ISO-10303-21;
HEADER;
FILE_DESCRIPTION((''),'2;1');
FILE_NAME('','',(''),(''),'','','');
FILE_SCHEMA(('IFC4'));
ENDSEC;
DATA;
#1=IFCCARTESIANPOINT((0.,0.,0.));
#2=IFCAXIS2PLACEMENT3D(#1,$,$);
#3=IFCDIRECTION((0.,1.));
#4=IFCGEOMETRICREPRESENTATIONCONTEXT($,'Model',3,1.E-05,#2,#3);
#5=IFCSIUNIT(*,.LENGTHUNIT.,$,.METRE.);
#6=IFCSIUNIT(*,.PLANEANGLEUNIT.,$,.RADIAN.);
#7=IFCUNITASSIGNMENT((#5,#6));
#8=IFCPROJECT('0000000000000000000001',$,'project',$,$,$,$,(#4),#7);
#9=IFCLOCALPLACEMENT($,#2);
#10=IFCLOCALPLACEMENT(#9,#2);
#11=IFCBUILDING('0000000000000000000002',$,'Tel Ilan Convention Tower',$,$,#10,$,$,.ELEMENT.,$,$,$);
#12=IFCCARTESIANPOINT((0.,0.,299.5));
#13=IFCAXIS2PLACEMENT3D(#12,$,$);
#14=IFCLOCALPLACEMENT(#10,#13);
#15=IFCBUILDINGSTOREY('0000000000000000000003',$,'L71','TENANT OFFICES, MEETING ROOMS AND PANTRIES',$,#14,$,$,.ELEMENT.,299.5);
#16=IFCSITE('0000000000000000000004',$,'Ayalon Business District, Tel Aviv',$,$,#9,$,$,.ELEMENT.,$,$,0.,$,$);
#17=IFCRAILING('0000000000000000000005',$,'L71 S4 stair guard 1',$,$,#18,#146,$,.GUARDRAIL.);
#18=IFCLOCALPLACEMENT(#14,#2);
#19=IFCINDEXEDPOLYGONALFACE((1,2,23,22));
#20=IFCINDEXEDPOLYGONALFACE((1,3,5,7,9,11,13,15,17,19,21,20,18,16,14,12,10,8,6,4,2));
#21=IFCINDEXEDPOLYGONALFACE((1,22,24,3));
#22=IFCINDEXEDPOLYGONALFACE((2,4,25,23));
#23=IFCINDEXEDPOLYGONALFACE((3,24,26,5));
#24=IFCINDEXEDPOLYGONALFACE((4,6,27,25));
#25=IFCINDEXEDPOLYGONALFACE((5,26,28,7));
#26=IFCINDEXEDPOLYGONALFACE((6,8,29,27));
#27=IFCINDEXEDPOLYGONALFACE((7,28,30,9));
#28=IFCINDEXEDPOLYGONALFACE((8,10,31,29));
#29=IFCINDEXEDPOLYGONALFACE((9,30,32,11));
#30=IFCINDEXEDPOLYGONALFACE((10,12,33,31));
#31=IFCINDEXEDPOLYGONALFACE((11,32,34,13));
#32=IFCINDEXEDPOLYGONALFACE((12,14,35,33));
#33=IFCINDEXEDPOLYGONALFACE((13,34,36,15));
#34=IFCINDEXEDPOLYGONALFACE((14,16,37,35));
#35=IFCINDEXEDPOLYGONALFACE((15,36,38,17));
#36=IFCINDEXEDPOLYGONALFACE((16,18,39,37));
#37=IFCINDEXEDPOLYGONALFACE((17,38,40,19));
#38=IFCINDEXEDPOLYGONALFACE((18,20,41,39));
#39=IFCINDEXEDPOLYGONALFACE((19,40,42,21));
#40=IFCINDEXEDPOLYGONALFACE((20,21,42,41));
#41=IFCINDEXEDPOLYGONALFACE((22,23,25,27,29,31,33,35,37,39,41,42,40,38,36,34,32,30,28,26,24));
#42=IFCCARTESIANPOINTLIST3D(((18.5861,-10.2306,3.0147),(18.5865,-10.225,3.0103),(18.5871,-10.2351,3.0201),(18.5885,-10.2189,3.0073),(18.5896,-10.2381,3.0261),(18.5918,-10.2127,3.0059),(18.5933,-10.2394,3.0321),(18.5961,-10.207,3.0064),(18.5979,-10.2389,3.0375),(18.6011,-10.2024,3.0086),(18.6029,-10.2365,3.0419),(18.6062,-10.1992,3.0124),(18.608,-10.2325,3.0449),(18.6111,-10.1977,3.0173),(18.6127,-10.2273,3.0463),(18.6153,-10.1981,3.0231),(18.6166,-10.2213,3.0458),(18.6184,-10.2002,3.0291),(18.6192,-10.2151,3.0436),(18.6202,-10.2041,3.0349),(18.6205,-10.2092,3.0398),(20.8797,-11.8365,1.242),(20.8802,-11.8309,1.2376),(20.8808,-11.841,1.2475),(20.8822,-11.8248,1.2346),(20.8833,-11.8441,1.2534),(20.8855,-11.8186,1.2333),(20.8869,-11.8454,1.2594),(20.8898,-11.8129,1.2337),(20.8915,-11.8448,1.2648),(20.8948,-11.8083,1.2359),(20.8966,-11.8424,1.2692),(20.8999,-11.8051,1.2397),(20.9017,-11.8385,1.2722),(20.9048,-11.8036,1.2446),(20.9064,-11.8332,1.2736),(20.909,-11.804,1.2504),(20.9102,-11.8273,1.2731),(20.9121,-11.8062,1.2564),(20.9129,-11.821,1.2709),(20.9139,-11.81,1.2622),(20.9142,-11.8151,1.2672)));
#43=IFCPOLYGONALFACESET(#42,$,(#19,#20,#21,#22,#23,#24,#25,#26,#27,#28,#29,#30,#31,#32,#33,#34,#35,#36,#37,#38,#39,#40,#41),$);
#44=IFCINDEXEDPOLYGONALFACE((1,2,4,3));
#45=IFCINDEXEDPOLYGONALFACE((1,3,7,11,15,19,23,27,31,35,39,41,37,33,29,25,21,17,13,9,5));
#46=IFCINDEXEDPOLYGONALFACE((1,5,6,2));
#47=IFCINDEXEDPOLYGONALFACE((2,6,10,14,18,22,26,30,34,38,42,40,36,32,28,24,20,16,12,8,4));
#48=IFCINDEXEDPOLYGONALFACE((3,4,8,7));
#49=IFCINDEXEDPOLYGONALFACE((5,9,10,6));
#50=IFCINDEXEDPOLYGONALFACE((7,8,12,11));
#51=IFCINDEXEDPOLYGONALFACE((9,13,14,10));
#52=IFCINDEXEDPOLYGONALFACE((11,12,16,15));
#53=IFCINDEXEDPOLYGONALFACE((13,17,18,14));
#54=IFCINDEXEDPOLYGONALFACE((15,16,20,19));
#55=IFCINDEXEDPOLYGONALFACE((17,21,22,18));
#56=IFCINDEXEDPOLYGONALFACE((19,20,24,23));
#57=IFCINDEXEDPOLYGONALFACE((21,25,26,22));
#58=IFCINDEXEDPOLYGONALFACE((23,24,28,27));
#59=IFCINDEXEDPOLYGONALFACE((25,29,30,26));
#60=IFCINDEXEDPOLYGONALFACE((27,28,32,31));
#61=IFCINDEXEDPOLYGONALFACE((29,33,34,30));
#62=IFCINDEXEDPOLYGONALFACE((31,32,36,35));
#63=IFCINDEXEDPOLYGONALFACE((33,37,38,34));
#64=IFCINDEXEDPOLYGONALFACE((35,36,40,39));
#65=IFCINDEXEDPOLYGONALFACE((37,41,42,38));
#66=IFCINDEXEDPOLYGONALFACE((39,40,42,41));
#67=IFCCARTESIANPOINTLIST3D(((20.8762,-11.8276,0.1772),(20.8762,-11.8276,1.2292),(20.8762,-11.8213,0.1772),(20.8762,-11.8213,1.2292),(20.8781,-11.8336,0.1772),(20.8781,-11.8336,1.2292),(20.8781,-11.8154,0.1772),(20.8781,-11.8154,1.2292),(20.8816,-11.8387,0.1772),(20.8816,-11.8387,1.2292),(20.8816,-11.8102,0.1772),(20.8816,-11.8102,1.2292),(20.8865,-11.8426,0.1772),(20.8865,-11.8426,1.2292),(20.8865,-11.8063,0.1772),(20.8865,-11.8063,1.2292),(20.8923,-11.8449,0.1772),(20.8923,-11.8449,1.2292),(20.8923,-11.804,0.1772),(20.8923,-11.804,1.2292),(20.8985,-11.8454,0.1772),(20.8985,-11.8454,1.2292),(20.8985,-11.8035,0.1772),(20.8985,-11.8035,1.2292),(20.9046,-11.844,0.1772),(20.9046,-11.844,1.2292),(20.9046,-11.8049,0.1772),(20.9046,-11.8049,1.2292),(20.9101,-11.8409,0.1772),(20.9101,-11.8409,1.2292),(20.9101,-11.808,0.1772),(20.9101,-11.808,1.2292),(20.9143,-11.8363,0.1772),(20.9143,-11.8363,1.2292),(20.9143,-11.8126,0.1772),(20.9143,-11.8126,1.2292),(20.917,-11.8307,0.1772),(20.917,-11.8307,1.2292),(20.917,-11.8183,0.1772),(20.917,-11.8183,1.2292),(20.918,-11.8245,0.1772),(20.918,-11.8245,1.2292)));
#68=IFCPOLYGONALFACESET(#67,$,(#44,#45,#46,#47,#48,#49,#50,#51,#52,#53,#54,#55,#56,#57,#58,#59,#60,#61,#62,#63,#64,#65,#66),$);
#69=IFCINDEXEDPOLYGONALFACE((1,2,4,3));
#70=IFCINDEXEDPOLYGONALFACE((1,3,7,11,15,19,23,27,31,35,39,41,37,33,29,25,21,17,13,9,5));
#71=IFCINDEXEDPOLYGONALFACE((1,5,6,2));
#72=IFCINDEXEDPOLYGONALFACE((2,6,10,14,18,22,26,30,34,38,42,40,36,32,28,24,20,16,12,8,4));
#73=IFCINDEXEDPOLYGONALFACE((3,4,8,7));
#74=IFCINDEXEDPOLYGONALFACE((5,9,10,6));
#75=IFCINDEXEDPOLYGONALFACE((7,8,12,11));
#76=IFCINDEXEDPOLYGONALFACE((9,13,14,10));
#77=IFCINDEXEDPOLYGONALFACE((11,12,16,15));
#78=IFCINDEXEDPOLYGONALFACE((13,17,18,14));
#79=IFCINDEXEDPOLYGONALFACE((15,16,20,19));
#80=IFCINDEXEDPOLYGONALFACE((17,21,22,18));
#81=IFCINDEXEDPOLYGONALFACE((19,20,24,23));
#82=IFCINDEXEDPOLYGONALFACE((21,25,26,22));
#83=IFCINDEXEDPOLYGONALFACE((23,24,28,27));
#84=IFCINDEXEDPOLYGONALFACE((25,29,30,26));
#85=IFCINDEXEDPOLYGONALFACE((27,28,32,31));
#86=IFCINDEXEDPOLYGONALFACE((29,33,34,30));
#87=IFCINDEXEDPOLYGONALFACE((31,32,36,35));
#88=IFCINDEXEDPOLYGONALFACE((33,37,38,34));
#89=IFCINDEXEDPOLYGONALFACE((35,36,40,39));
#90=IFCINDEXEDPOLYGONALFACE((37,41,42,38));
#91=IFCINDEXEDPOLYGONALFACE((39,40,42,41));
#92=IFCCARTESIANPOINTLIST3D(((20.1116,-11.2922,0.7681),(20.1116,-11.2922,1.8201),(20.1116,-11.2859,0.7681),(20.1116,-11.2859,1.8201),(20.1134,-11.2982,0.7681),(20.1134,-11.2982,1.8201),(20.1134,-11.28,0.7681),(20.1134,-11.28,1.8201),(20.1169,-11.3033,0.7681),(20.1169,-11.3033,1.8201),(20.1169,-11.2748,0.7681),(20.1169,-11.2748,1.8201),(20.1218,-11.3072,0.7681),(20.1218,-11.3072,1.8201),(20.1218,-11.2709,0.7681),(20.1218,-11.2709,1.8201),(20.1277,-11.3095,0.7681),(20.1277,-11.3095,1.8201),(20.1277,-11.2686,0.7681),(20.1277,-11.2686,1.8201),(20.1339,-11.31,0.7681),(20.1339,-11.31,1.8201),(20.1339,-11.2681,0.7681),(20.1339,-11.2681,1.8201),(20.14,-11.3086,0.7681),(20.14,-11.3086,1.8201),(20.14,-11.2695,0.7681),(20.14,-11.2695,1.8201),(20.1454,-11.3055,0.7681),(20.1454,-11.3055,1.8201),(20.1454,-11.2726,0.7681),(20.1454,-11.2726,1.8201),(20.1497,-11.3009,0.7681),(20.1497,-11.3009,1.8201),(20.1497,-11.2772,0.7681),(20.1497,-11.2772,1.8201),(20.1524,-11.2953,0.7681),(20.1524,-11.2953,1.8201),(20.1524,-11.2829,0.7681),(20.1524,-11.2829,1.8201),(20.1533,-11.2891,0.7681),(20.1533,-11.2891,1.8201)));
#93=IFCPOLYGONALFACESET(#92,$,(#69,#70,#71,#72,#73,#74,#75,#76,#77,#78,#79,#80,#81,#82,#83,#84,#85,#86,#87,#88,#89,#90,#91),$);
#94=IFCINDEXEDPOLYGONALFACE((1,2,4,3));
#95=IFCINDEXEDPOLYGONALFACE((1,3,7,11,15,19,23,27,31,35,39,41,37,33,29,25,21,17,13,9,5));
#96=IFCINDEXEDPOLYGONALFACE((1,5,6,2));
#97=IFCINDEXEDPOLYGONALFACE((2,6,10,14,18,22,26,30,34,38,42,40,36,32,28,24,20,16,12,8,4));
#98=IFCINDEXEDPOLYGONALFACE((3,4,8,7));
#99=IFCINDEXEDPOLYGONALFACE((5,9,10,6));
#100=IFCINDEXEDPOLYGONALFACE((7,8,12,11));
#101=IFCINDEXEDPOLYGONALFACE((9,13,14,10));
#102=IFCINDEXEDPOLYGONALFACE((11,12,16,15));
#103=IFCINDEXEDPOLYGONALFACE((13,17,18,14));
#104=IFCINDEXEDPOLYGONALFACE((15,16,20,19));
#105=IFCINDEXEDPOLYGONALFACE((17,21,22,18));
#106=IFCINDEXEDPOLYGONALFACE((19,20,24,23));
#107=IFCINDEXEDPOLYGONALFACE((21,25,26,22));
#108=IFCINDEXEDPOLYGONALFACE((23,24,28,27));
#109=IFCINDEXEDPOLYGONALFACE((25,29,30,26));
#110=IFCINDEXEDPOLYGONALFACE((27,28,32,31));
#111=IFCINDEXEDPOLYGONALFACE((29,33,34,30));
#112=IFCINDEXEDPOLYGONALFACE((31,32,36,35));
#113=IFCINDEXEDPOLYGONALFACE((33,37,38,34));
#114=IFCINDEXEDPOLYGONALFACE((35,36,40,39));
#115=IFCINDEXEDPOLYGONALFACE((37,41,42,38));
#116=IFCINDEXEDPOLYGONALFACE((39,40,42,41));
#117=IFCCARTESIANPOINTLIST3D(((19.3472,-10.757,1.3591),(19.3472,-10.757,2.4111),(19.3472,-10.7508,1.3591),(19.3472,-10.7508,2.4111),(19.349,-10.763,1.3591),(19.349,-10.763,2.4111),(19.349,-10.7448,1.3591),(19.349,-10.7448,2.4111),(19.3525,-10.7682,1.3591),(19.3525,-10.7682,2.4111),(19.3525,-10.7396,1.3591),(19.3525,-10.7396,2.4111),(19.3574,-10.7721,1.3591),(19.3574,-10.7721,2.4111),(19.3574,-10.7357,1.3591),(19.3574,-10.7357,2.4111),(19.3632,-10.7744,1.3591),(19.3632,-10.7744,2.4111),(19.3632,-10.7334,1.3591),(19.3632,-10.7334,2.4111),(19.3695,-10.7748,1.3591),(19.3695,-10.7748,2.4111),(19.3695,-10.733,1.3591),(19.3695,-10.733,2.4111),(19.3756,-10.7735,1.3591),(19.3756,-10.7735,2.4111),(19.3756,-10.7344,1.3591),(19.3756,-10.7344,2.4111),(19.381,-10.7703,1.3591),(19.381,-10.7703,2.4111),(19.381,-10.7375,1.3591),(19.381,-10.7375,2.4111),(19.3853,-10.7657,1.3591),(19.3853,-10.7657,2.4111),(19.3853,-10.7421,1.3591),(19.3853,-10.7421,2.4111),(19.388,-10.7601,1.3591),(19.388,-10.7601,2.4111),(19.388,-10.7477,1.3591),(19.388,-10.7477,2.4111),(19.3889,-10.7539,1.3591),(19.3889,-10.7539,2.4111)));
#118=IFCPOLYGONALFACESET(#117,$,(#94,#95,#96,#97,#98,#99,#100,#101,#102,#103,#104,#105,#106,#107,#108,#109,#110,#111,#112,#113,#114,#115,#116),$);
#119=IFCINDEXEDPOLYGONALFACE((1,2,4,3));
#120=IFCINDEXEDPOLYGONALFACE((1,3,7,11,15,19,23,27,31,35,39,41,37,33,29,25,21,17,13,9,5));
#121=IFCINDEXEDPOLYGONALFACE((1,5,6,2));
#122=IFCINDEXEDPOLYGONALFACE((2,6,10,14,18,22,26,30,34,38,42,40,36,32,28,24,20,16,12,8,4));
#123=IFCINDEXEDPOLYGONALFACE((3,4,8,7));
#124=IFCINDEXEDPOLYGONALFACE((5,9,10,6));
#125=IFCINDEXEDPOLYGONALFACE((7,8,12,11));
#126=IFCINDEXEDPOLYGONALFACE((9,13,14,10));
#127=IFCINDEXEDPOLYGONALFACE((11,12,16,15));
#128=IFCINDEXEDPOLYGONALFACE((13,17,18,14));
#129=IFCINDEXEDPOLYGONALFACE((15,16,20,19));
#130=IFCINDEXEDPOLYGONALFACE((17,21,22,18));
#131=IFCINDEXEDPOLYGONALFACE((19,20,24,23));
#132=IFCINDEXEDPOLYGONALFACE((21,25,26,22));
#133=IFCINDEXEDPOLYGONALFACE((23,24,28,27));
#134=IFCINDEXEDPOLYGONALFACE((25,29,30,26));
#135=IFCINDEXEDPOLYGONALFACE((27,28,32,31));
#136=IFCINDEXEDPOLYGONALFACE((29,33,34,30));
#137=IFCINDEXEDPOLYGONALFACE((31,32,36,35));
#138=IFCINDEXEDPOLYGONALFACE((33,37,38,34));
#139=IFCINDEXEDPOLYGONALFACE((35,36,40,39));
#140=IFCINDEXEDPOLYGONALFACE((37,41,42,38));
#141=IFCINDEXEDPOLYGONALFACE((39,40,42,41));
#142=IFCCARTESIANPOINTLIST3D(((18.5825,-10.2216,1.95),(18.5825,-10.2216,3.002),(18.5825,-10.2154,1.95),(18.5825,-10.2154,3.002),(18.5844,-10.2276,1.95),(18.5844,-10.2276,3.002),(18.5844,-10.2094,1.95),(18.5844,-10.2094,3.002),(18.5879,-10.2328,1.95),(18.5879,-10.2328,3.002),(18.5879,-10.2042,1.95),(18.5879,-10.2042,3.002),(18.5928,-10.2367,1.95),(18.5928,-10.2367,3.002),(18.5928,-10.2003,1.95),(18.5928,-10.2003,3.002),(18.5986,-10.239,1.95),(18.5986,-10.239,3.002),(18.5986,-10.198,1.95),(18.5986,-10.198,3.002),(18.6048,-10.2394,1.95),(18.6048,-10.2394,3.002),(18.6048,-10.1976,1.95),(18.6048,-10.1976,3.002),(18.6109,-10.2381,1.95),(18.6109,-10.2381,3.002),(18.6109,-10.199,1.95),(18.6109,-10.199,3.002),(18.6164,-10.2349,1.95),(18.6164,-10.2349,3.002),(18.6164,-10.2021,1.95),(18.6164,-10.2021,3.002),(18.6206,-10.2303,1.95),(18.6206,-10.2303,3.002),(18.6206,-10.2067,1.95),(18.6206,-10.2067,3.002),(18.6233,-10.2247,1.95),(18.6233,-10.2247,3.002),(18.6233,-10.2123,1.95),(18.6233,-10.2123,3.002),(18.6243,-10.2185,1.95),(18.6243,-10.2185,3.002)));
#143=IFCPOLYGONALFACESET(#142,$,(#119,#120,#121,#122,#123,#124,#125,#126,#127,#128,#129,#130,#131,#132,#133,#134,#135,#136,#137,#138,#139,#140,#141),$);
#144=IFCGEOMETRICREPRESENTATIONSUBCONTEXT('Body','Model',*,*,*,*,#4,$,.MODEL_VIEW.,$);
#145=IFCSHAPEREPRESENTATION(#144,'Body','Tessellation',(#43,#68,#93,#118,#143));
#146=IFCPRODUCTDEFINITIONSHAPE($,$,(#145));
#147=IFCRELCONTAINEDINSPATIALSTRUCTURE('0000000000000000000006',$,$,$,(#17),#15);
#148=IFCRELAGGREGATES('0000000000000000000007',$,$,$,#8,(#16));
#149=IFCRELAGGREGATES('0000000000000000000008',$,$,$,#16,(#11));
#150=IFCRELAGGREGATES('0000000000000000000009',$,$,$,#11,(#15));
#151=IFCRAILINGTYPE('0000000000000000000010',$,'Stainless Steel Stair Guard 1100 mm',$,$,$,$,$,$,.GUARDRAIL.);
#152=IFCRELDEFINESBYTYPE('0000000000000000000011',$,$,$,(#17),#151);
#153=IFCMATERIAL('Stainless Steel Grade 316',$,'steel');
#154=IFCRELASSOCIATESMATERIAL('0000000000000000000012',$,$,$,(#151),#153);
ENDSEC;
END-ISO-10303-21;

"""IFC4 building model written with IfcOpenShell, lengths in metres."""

from ifc_helpers import new_model, si_unit, direction, frame, origin, origin_2d, place, context, subcontext, project, spatial, circle, extrude, material, type_object, element, save


model = new_model("IFC4")

# Units and contexts
model_context = context("Model", 3, precision=1e-05, world=origin(), true_north=direction((0.0, 1.0)))
body_context = subcontext(model_context, "Body", "Model", "MODEL_VIEW")
ifc_project = project(units=[si_unit("LENGTHUNIT", "METRE"), si_unit("PLANEANGLEUNIT", "RADIAN")], contexts=[model_context])

# Site, building, storey
site_placement = place(None, origin())
site = spatial("IfcSite", under=ifc_project, at=site_placement, Name="Ayalon Business District, Tel Aviv", CompositionType="ELEMENT", RefElevation=0.0)
building_placement = place(site_placement, origin())
building = spatial("IfcBuilding", under=site, at=building_placement, Name="Tel Ilan Convention Tower", CompositionType="ELEMENT")
storey_placement = place(building_placement, frame((0.0, 0.0, 299.5)))
storey = spatial("IfcBuildingStorey", under=building, at=storey_placement, Name="L71", Description="TENANT OFFICES, MEETING ROOMS AND PANTRIES", CompositionType="ELEMENT", Elevation=299.5)

# Railing
ifc_material_1 = material(Name="Stainless Steel Grade 316", Category="steel")
railing_type_1 = type_object("IfcRailingType", Name="Stainless Steel Stair Guard 1100 mm", PredefinedType="GUARDRAIL", material=ifc_material_1)
railing_1_placement = place(storey_placement, frame((20.897, -11.8245, 0.1772)))
element("IfcRailing", 1, at=railing_1_placement, inside=storey, type_object=railing_type_1, Name="L71 S4 stair guard 1", PredefinedType="GUARDRAIL", context=body_context, shape_type="SweptSolid", body=[
    extrude(circle(Radius=0.0239, at=origin_2d()), frame((0.0, 0.0, 1.0762), z_axis=(-0.692123, 0.484597, 0.534913), x_axis=(-0.57355, -0.81917, 0.0)), (0.0, 0.0, 1.0), 3.314),
    extrude(circle(Radius=0.021, at=origin_2d()), origin(), (0.0, 0.0, 1.0), 1.052),
    extrude(circle(Radius=0.021, at=origin_2d()), frame((-0.7646, 0.5354, 0.5908)), (0.0, 0.0, 1.0), 1.052),
    extrude(circle(Radius=0.021, at=origin_2d()), frame((-1.5291, 1.0706, 1.1819)), (0.0, 0.0, 1.0), 1.052),
    extrude(circle(Radius=0.021, at=origin_2d()), frame((-2.2937, 1.606, 1.7727)), (0.0, 0.0, 1.0), 1.052),
])

save(model, "model.ifc")
